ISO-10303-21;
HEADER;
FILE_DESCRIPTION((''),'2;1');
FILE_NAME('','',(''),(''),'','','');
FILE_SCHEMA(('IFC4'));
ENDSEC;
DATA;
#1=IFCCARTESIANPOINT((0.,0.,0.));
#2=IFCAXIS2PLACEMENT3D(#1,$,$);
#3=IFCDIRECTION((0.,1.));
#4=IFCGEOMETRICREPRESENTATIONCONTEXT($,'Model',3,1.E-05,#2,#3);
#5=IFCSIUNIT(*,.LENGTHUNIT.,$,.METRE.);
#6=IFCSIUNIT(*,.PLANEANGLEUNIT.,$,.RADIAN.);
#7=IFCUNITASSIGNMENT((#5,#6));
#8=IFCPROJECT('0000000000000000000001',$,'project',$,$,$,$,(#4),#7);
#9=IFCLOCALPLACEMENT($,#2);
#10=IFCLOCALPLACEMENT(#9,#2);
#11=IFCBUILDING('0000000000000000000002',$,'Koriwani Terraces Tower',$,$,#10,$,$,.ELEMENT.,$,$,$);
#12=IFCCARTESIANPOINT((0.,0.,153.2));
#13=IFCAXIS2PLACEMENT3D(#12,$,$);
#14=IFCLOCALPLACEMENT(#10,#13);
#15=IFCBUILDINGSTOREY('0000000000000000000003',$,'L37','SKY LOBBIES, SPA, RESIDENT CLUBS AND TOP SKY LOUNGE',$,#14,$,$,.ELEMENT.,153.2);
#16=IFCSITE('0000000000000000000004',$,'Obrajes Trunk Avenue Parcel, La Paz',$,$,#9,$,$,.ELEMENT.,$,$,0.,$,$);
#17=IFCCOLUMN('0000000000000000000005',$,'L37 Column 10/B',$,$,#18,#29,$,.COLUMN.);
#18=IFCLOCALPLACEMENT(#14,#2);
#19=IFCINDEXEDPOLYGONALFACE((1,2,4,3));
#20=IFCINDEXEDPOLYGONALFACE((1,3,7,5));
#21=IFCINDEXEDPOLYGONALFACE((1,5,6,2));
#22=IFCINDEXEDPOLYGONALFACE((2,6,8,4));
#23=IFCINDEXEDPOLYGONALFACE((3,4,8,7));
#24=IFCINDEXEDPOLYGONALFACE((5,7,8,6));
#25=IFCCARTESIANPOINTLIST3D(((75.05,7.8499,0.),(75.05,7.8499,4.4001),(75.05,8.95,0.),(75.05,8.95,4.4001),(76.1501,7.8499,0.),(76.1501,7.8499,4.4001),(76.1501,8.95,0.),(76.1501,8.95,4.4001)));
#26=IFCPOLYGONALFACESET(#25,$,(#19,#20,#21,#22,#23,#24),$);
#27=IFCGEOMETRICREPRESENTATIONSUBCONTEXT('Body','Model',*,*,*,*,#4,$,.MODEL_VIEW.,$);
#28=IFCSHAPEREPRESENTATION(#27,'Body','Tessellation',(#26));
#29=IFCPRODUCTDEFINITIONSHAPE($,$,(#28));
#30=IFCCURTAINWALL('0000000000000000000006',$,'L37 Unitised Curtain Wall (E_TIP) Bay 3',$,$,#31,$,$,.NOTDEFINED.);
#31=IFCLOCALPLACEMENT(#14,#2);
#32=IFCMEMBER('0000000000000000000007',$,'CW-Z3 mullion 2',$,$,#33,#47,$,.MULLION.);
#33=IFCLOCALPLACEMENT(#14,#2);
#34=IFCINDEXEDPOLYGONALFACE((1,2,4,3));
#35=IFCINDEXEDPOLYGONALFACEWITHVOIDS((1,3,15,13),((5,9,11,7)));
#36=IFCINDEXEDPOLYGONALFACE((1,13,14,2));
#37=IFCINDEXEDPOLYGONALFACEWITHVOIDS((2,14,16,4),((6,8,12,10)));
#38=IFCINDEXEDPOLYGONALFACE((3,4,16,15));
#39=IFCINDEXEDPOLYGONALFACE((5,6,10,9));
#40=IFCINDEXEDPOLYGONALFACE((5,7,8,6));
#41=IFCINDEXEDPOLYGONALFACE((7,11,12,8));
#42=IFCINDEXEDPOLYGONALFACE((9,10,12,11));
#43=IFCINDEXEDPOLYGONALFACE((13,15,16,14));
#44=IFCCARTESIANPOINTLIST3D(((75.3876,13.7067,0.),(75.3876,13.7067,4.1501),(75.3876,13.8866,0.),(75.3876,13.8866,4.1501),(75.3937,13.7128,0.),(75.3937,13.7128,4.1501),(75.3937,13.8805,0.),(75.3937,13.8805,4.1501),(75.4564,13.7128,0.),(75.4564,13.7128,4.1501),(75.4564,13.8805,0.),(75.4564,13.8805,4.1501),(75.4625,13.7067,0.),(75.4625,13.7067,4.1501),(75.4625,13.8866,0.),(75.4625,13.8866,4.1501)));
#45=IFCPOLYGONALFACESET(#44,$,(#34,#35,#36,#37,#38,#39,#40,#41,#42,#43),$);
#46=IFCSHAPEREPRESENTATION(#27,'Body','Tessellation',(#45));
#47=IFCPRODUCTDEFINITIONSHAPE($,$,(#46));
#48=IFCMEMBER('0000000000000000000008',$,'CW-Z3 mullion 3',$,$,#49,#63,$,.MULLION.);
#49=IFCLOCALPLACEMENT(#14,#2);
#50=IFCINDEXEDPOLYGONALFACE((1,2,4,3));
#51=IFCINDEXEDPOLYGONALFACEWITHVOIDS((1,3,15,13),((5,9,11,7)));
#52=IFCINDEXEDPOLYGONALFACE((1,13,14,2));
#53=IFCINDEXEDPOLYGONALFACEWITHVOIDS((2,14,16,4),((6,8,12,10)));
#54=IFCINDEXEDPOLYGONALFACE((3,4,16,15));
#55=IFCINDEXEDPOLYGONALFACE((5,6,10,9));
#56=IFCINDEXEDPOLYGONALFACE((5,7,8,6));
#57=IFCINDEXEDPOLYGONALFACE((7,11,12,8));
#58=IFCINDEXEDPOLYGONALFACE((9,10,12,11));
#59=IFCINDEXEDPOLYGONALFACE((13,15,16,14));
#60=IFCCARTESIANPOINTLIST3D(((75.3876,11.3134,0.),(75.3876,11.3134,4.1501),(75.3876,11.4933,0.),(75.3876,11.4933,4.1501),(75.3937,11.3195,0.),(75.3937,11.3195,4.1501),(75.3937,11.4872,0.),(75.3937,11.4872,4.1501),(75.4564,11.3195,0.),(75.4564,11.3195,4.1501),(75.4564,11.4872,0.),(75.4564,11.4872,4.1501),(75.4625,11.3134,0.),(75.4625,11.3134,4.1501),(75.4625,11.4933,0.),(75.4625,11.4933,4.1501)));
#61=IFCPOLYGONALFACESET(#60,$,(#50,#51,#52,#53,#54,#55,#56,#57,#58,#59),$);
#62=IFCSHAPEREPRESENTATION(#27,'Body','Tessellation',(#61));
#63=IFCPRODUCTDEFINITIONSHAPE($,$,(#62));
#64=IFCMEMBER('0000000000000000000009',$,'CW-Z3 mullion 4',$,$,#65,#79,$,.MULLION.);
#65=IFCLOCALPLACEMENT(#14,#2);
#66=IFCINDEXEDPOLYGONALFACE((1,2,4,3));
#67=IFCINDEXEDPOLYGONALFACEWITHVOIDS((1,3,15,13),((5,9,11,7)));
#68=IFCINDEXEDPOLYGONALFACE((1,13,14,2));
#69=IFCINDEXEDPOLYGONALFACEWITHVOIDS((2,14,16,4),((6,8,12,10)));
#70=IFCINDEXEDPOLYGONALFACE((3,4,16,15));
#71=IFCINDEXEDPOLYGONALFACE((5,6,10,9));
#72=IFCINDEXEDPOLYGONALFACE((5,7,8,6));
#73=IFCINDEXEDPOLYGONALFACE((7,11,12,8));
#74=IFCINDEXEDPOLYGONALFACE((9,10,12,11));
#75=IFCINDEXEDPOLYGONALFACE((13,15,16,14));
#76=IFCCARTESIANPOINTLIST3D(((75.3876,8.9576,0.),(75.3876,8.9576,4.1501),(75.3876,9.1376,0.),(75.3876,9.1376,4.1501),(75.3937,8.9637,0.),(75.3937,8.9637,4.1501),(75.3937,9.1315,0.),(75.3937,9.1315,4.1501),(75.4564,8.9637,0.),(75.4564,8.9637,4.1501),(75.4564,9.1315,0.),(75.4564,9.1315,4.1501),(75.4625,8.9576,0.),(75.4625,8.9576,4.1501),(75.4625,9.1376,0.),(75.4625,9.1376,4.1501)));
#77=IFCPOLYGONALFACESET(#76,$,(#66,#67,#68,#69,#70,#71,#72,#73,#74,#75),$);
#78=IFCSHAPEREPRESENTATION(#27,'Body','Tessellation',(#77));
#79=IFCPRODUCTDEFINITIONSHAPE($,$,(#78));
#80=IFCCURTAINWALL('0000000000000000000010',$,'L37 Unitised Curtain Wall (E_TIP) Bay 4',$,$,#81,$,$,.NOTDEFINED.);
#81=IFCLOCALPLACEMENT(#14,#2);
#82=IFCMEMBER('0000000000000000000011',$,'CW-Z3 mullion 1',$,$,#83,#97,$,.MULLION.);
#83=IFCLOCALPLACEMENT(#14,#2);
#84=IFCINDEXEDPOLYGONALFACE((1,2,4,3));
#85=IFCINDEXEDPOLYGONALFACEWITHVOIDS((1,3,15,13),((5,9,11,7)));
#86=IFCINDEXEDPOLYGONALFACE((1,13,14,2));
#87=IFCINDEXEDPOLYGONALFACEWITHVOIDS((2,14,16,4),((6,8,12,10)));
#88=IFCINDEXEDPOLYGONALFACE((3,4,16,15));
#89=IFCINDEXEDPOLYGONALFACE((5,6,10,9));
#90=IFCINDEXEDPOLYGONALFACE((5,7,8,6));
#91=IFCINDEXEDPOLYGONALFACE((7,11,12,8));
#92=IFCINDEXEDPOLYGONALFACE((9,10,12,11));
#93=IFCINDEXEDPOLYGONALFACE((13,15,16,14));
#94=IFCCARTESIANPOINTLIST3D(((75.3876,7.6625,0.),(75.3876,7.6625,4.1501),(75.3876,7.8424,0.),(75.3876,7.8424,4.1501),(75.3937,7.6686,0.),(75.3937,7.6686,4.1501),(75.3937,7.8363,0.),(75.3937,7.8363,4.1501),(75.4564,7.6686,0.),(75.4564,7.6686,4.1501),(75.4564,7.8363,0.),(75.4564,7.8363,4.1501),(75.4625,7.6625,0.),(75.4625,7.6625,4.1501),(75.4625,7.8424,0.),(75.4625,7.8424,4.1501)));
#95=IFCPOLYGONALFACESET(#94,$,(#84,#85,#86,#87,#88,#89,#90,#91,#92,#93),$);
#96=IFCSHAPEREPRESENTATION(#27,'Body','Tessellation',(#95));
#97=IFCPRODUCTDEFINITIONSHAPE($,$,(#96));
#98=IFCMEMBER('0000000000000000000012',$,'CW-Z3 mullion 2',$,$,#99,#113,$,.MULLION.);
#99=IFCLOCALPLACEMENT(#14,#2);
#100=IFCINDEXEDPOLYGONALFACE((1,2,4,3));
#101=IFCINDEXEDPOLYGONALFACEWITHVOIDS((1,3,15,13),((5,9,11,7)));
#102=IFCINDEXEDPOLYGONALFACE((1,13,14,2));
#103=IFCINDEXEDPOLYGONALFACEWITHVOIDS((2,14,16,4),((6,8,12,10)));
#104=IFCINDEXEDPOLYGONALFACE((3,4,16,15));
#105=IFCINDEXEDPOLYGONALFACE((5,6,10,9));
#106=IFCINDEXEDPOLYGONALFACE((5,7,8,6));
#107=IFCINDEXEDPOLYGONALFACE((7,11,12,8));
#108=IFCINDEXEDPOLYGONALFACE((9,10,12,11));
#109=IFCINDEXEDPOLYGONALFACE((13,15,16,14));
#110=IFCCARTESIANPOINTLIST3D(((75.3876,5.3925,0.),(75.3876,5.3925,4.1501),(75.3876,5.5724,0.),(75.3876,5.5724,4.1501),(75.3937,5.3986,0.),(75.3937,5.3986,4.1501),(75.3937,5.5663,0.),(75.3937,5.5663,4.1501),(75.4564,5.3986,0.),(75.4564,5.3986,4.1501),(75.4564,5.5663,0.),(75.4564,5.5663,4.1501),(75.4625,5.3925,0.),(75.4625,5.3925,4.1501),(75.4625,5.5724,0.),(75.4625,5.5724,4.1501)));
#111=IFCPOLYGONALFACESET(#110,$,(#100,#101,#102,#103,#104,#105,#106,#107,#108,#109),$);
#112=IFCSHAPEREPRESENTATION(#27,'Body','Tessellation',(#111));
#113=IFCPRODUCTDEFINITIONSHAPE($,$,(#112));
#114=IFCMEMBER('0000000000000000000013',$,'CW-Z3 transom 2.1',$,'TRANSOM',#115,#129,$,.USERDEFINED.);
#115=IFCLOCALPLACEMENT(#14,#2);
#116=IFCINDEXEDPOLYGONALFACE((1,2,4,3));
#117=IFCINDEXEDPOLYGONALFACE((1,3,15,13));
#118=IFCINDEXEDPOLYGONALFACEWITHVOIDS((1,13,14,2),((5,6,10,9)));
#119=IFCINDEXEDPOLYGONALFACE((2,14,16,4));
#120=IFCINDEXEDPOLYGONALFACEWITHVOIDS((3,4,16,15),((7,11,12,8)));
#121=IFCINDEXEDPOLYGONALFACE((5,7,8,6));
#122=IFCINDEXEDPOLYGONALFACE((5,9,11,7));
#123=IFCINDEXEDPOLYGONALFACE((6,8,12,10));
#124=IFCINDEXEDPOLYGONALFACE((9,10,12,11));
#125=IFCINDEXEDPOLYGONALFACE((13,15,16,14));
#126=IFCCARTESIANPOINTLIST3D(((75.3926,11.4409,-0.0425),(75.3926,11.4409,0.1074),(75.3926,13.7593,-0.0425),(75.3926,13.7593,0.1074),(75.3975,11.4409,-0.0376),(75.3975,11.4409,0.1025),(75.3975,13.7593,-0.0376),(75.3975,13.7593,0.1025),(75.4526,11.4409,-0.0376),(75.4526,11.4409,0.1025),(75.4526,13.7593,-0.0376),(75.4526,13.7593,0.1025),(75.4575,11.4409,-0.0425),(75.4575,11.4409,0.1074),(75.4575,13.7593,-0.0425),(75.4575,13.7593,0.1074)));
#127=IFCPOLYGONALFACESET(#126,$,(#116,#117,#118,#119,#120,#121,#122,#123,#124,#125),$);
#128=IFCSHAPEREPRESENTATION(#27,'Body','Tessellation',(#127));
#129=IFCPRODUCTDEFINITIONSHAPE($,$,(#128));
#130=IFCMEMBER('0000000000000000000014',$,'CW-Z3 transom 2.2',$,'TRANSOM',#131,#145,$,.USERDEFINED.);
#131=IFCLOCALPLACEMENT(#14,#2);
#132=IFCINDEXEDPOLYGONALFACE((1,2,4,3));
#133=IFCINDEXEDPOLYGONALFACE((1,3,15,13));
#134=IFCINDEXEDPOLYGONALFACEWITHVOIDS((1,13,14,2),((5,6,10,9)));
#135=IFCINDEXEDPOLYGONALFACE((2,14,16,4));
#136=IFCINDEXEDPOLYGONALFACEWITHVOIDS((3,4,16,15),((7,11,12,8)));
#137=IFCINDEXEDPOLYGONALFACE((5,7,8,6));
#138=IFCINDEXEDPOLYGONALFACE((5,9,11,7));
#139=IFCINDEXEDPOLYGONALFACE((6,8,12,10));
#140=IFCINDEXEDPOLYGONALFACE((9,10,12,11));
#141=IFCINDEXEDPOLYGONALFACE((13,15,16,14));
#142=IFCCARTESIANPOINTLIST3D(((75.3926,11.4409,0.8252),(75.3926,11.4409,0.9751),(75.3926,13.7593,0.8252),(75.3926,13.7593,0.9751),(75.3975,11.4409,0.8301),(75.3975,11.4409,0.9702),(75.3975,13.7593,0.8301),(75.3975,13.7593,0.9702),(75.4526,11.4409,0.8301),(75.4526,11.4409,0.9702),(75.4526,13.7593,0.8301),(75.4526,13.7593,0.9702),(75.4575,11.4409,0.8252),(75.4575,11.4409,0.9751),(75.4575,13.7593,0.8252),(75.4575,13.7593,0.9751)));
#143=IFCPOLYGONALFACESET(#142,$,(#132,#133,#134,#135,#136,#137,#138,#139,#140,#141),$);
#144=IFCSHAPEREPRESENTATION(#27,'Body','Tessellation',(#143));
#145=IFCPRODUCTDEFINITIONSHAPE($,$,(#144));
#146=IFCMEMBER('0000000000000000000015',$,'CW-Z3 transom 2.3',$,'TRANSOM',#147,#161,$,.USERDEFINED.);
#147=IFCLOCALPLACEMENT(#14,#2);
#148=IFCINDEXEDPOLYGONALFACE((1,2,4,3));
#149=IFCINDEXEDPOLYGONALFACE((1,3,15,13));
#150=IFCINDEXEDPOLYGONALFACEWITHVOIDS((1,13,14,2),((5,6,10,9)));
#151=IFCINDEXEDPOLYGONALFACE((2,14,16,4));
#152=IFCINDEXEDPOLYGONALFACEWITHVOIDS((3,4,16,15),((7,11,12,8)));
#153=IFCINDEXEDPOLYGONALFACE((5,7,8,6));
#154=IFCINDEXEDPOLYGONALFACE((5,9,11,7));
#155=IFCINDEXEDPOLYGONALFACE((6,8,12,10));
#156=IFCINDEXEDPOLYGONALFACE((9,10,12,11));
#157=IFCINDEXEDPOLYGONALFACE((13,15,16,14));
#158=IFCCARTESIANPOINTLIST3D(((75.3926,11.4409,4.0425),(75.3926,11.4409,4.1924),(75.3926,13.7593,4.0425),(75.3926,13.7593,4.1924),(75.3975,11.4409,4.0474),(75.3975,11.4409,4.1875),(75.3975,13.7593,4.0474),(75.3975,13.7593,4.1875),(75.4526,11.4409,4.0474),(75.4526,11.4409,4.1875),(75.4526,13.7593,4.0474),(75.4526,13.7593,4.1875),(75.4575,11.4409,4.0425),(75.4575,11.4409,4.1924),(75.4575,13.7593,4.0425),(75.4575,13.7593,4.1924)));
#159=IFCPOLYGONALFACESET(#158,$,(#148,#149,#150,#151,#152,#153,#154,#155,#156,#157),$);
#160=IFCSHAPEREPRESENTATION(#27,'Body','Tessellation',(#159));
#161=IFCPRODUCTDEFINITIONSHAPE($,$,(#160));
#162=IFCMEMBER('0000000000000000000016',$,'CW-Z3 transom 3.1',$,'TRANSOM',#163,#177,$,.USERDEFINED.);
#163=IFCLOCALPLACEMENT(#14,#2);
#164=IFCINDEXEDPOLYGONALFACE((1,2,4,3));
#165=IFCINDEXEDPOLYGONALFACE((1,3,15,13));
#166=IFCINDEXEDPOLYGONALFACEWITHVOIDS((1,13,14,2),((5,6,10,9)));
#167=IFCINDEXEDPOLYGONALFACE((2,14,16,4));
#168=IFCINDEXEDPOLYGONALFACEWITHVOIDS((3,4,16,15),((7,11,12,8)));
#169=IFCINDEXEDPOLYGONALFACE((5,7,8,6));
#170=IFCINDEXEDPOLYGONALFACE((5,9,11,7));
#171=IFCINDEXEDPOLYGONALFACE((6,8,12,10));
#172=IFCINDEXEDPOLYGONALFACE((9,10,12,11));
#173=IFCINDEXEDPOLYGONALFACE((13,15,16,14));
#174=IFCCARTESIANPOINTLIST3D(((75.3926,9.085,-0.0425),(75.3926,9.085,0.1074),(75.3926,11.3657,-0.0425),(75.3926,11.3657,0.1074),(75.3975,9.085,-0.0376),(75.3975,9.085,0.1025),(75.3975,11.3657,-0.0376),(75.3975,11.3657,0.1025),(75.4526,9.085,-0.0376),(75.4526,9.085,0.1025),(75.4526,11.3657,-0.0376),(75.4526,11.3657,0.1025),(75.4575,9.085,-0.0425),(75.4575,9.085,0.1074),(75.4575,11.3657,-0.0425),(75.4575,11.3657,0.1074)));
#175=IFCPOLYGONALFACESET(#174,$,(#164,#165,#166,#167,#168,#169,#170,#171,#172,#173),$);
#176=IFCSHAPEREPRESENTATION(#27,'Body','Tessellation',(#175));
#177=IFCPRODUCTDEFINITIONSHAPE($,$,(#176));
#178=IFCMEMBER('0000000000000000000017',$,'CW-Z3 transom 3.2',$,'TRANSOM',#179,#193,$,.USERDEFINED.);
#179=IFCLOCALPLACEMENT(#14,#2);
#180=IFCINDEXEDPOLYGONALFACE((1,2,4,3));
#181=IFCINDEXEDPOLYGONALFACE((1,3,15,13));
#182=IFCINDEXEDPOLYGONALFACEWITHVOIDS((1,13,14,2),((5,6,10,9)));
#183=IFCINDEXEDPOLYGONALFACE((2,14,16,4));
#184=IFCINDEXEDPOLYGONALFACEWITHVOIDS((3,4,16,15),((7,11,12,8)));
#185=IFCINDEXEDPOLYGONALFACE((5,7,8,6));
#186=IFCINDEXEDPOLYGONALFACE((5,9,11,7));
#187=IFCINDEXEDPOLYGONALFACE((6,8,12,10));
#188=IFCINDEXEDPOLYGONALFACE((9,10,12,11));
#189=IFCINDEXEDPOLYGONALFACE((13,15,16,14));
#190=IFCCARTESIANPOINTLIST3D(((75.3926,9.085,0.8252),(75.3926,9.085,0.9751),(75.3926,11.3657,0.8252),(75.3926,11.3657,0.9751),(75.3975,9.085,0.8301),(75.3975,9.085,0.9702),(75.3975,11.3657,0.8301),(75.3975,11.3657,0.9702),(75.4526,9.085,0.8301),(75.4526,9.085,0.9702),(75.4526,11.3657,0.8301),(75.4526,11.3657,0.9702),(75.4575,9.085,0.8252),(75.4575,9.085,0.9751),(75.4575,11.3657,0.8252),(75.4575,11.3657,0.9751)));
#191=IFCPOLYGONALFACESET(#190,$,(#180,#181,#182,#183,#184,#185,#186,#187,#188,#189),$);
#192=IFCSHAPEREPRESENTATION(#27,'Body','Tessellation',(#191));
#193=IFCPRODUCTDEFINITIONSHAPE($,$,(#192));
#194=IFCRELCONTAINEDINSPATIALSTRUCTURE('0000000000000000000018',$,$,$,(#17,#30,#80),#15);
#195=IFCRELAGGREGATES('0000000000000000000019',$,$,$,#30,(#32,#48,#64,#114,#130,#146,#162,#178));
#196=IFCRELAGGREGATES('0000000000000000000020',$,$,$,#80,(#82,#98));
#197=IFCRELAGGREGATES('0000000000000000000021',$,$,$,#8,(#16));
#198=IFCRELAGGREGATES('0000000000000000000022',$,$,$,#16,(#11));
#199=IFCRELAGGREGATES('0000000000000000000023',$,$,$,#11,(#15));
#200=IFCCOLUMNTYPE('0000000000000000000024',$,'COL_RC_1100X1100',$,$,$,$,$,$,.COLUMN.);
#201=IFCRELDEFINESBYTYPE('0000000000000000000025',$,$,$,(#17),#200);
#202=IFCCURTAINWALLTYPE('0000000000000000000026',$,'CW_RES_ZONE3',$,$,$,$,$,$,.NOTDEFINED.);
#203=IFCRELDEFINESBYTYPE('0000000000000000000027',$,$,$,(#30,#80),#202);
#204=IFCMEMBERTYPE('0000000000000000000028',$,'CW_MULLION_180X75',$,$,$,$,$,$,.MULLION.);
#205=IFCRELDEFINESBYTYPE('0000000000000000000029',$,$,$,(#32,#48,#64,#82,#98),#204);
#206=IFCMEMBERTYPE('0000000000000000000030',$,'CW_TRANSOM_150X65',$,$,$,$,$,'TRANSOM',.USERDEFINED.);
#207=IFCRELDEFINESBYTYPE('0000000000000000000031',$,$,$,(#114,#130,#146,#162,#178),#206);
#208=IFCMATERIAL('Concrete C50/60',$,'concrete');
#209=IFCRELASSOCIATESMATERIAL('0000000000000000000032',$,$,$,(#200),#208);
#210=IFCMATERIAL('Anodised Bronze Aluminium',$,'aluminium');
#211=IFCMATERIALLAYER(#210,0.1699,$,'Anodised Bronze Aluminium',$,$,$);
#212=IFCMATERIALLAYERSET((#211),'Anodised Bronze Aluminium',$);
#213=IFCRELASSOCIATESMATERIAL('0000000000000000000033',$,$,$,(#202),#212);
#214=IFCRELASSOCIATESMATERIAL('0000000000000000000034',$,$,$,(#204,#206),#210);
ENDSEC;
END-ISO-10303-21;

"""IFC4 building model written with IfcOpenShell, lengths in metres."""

from ifc_helpers import new_model, si_unit, direction, frame, origin, origin_2d, place, context, subcontext, project, spatial, rectangle, hollow_rectangle, extrude, material, layer, layer_set, material_profile, profile_set, type_object, element, aggregate, save


model = new_model("IFC4")

# Units and contexts
model_context = context("Model", 3, precision=1e-05, world=origin(), true_north=direction((0.0, 1.0)))
body_context = subcontext(model_context, "Body", "Model", "MODEL_VIEW")
ifc_project = project(units=[si_unit("LENGTHUNIT", "METRE"), si_unit("PLANEANGLEUNIT", "RADIAN")], contexts=[model_context])

# Site, building, storey
site_placement = place(None, origin())
site = spatial("IfcSite", under=ifc_project, at=site_placement, Name="Obrajes Trunk Avenue Parcel, La Paz", CompositionType="ELEMENT", RefElevation=0.0)
building_placement = place(site_placement, origin())
building = spatial("IfcBuilding", under=site, at=building_placement, Name="Koriwani Terraces Tower", CompositionType="ELEMENT")
storey_placement = place(building_placement, frame((0.0, 0.0, 153.2)))
storey = spatial("IfcBuildingStorey", under=building, at=storey_placement, Name="L37", Description="SKY LOBBIES, SPA, RESIDENT CLUBS AND TOP SKY LOUNGE", CompositionType="ELEMENT", Elevation=153.2)

# Column
ifc_material_1 = material(Name="Concrete C50/60", Category="concrete")
ifc_material_profile_1 = material_profile(ifc_material_1, rectangle(XDim=1.1001, YDim=1.1001, at=origin_2d()), Name="Concrete C50/60", Category="LoadBearing")
ifc_profile_set_1 = profile_set([ifc_material_profile_1], Name="Concrete C50/60")
column_type = type_object("IfcColumnType", Name="COL_RC_1100X1100", PredefinedType="COLUMN", material=ifc_profile_set_1)
column_placement = place(storey_placement, frame((75.6001, 8.3999, 0.0), z_axis=(0.0, 0.0, 1.0), x_axis=(1.0, 0.0, 0.0)))
element("IfcColumn", 1, at=column_placement, inside=storey, type_object=column_type, Name="L37 Column 10/B", PredefinedType="COLUMN", context=body_context, shape_type="SweptSolid", body=[
    extrude(rectangle(XDim=1.1001, YDim=1.1001, at=origin_2d()), origin(), (0.0, 0.0, 1.0), 4.4001),
])

# Curtain walls, members
ifc_material_2 = material(Name="Anodised Bronze Aluminium", Category="aluminium")
ifc_layer_1 = layer(ifc_material_2, 0.1699, Name="Anodised Bronze Aluminium")
ifc_layer_set_1 = layer_set([ifc_layer_1], Name="Anodised Bronze Aluminium")
curtain_wall_type = type_object("IfcCurtainWallType", Name="CW_RES_ZONE3", PredefinedType="NOTDEFINED", material=ifc_layer_set_1)
curtain_wall_1_placement = place(storey_placement, origin())
curtain_wall_1 = element("IfcCurtainWall", 2, at=curtain_wall_1_placement, inside=storey, type_object=curtain_wall_type, Name="L37 Unitised Curtain Wall (E_TIP) Bay 3", PredefinedType="NOTDEFINED")
ifc_material_profile_2 = material_profile(ifc_material_2, hollow_rectangle(XDim=0.075, YDim=0.1799, WallThickness=0.0061, at=origin_2d()), Name="Anodised Bronze Aluminium", Category="LoadBearing")
ifc_profile_set_2 = profile_set([ifc_material_profile_2], Name="Anodised Bronze Aluminium")
member_type_1 = type_object("IfcMemberType", Name="CW_MULLION_180X75", PredefinedType="MULLION", material=ifc_profile_set_2)
member_1_placement = place(storey_placement, frame((75.425, 13.7966, 0.0), z_axis=(0.0, 0.0, 1.0), x_axis=(1.0, 0.0, 0.0)))
member_1 = element("IfcMember", 3, at=member_1_placement, type_object=member_type_1, Name="CW-Z3 mullion 2", PredefinedType="MULLION", context=body_context, shape_type="SweptSolid", body=[
    extrude(hollow_rectangle(XDim=0.075, YDim=0.1799, WallThickness=0.0061, at=origin_2d()), origin(), (0.0, 0.0, 1.0), 4.1501),
])
member_2_placement = place(storey_placement, frame((75.425, 11.4033, 0.0), z_axis=(0.0, 0.0, 1.0), x_axis=(1.0, 0.0, 0.0)))
member_2 = element("IfcMember", 4, at=member_2_placement, type_object=member_type_1, Name="CW-Z3 mullion 3", PredefinedType="MULLION", context=body_context, shape_type="SweptSolid", body=[
    extrude(hollow_rectangle(XDim=0.075, YDim=0.1799, WallThickness=0.0061, at=origin_2d()), origin(), (0.0, 0.0, 1.0), 4.1501),
])
member_3_placement = place(storey_placement, frame((75.425, 9.0476, 0.0), z_axis=(0.0, 0.0, 1.0), x_axis=(1.0, 0.0, 0.0)))
member_3 = element("IfcMember", 5, at=member_3_placement, type_object=member_type_1, Name="CW-Z3 mullion 4", PredefinedType="MULLION", context=body_context, shape_type="SweptSolid", body=[
    extrude(hollow_rectangle(XDim=0.075, YDim=0.1799, WallThickness=0.0061, at=origin_2d()), origin(), (0.0, 0.0, 1.0), 4.1501),
])
curtain_wall_2_placement = place(storey_placement, origin())
curtain_wall_2 = element("IfcCurtainWall", 6, at=curtain_wall_2_placement, inside=storey, type_object=curtain_wall_type, Name="L37 Unitised Curtain Wall (E_TIP) Bay 4", PredefinedType="NOTDEFINED")
member_4_placement = place(storey_placement, frame((75.425, 7.7524, 0.0), z_axis=(0.0, 0.0, 1.0), x_axis=(1.0, 0.0, 0.0)))
member_4 = element("IfcMember", 7, at=member_4_placement, type_object=member_type_1, Name="CW-Z3 mullion 1", PredefinedType="MULLION", context=body_context, shape_type="SweptSolid", body=[
    extrude(hollow_rectangle(XDim=0.075, YDim=0.1799, WallThickness=0.0061, at=origin_2d()), origin(), (0.0, 0.0, 1.0), 4.1501),
])
member_5_placement = place(storey_placement, frame((75.425, 5.4824, 0.0), z_axis=(0.0, 0.0, 1.0), x_axis=(1.0, 0.0, 0.0)))
member_5 = element("IfcMember", 8, at=member_5_placement, type_object=member_type_1, Name="CW-Z3 mullion 2", PredefinedType="MULLION", context=body_context, shape_type="SweptSolid", body=[
    extrude(hollow_rectangle(XDim=0.075, YDim=0.1799, WallThickness=0.0061, at=origin_2d()), origin(), (0.0, 0.0, 1.0), 4.1501),
])

# Members
ifc_material_profile_3 = material_profile(ifc_material_2, hollow_rectangle(XDim=0.0649, YDim=0.1499, WallThickness=0.0049, at=origin_2d()), Name="Anodised Bronze Aluminium", Category="LoadBearing")
ifc_profile_set_3 = profile_set([ifc_material_profile_3], Name="Anodised Bronze Aluminium")
member_type_2 = type_object("IfcMemberType", Name="CW_TRANSOM_150X65", ElementType="TRANSOM", PredefinedType="USERDEFINED", material=ifc_profile_set_3)
member_6_placement = place(storey_placement, frame((75.425, 13.7593, 0.0325), z_axis=(0.0, -1.0, 0.0), x_axis=(1.0, 0.0, 0.0)))
member_6 = element("IfcMember", 9, at=member_6_placement, type_object=member_type_2, Name="CW-Z3 transom 2.1", ObjectType="TRANSOM", PredefinedType="USERDEFINED", context=body_context, shape_type="SweptSolid", body=[
    extrude(hollow_rectangle(XDim=0.0649, YDim=0.1499, WallThickness=0.0049, at=origin_2d()), origin(), (0.0, 0.0, 1.0), 2.3184),
])
member_7_placement = place(storey_placement, frame((75.425, 13.7593, 0.9001), z_axis=(0.0, -1.0, 0.0), x_axis=(1.0, 0.0, 0.0)))
member_7 = element("IfcMember", 10, at=member_7_placement, type_object=member_type_2, Name="CW-Z3 transom 2.2", ObjectType="TRANSOM", PredefinedType="USERDEFINED", context=body_context, shape_type="SweptSolid", body=[
    extrude(hollow_rectangle(XDim=0.0649, YDim=0.1499, WallThickness=0.0049, at=origin_2d()), origin(), (0.0, 0.0, 1.0), 2.3184),
])
member_8_placement = place(storey_placement, frame((75.425, 13.7593, 4.1174), z_axis=(0.0, -1.0, 0.0), x_axis=(1.0, 0.0, 0.0)))
member_8 = element("IfcMember", 11, at=member_8_placement, type_object=member_type_2, Name="CW-Z3 transom 2.3", ObjectType="TRANSOM", PredefinedType="USERDEFINED", context=body_context, shape_type="SweptSolid", body=[
    extrude(hollow_rectangle(XDim=0.0649, YDim=0.1499, WallThickness=0.0049, at=origin_2d()), origin(), (0.0, 0.0, 1.0), 2.3184),
])
member_9_placement = place(storey_placement, frame((75.425, 11.3657, 0.0325), z_axis=(0.0, -1.0, 0.0), x_axis=(1.0, 0.0, 0.0)))
member_9 = element("IfcMember", 12, at=member_9_placement, type_object=member_type_2, Name="CW-Z3 transom 3.1", ObjectType="TRANSOM", PredefinedType="USERDEFINED", context=body_context, shape_type="SweptSolid", body=[
    extrude(hollow_rectangle(XDim=0.0649, YDim=0.1499, WallThickness=0.0049, at=origin_2d()), origin(), (0.0, 0.0, 1.0), 2.2808),
])
member_10_placement = place(storey_placement, frame((75.425, 11.3657, 0.9001), z_axis=(0.0, -1.0, 0.0), x_axis=(1.0, 0.0, 0.0)))
member_10 = element("IfcMember", 13, at=member_10_placement, type_object=member_type_2, Name="CW-Z3 transom 3.2", ObjectType="TRANSOM", PredefinedType="USERDEFINED", context=body_context, shape_type="SweptSolid", body=[
    extrude(hollow_rectangle(XDim=0.0649, YDim=0.1499, WallThickness=0.0049, at=origin_2d()), origin(), (0.0, 0.0, 1.0), 2.2808),
])

aggregate(curtain_wall_1, [member_1, member_2, member_3, member_6, member_7, member_8, member_9, member_10])
aggregate(curtain_wall_2, [member_4, member_5])

save(model, "model.ifc")
